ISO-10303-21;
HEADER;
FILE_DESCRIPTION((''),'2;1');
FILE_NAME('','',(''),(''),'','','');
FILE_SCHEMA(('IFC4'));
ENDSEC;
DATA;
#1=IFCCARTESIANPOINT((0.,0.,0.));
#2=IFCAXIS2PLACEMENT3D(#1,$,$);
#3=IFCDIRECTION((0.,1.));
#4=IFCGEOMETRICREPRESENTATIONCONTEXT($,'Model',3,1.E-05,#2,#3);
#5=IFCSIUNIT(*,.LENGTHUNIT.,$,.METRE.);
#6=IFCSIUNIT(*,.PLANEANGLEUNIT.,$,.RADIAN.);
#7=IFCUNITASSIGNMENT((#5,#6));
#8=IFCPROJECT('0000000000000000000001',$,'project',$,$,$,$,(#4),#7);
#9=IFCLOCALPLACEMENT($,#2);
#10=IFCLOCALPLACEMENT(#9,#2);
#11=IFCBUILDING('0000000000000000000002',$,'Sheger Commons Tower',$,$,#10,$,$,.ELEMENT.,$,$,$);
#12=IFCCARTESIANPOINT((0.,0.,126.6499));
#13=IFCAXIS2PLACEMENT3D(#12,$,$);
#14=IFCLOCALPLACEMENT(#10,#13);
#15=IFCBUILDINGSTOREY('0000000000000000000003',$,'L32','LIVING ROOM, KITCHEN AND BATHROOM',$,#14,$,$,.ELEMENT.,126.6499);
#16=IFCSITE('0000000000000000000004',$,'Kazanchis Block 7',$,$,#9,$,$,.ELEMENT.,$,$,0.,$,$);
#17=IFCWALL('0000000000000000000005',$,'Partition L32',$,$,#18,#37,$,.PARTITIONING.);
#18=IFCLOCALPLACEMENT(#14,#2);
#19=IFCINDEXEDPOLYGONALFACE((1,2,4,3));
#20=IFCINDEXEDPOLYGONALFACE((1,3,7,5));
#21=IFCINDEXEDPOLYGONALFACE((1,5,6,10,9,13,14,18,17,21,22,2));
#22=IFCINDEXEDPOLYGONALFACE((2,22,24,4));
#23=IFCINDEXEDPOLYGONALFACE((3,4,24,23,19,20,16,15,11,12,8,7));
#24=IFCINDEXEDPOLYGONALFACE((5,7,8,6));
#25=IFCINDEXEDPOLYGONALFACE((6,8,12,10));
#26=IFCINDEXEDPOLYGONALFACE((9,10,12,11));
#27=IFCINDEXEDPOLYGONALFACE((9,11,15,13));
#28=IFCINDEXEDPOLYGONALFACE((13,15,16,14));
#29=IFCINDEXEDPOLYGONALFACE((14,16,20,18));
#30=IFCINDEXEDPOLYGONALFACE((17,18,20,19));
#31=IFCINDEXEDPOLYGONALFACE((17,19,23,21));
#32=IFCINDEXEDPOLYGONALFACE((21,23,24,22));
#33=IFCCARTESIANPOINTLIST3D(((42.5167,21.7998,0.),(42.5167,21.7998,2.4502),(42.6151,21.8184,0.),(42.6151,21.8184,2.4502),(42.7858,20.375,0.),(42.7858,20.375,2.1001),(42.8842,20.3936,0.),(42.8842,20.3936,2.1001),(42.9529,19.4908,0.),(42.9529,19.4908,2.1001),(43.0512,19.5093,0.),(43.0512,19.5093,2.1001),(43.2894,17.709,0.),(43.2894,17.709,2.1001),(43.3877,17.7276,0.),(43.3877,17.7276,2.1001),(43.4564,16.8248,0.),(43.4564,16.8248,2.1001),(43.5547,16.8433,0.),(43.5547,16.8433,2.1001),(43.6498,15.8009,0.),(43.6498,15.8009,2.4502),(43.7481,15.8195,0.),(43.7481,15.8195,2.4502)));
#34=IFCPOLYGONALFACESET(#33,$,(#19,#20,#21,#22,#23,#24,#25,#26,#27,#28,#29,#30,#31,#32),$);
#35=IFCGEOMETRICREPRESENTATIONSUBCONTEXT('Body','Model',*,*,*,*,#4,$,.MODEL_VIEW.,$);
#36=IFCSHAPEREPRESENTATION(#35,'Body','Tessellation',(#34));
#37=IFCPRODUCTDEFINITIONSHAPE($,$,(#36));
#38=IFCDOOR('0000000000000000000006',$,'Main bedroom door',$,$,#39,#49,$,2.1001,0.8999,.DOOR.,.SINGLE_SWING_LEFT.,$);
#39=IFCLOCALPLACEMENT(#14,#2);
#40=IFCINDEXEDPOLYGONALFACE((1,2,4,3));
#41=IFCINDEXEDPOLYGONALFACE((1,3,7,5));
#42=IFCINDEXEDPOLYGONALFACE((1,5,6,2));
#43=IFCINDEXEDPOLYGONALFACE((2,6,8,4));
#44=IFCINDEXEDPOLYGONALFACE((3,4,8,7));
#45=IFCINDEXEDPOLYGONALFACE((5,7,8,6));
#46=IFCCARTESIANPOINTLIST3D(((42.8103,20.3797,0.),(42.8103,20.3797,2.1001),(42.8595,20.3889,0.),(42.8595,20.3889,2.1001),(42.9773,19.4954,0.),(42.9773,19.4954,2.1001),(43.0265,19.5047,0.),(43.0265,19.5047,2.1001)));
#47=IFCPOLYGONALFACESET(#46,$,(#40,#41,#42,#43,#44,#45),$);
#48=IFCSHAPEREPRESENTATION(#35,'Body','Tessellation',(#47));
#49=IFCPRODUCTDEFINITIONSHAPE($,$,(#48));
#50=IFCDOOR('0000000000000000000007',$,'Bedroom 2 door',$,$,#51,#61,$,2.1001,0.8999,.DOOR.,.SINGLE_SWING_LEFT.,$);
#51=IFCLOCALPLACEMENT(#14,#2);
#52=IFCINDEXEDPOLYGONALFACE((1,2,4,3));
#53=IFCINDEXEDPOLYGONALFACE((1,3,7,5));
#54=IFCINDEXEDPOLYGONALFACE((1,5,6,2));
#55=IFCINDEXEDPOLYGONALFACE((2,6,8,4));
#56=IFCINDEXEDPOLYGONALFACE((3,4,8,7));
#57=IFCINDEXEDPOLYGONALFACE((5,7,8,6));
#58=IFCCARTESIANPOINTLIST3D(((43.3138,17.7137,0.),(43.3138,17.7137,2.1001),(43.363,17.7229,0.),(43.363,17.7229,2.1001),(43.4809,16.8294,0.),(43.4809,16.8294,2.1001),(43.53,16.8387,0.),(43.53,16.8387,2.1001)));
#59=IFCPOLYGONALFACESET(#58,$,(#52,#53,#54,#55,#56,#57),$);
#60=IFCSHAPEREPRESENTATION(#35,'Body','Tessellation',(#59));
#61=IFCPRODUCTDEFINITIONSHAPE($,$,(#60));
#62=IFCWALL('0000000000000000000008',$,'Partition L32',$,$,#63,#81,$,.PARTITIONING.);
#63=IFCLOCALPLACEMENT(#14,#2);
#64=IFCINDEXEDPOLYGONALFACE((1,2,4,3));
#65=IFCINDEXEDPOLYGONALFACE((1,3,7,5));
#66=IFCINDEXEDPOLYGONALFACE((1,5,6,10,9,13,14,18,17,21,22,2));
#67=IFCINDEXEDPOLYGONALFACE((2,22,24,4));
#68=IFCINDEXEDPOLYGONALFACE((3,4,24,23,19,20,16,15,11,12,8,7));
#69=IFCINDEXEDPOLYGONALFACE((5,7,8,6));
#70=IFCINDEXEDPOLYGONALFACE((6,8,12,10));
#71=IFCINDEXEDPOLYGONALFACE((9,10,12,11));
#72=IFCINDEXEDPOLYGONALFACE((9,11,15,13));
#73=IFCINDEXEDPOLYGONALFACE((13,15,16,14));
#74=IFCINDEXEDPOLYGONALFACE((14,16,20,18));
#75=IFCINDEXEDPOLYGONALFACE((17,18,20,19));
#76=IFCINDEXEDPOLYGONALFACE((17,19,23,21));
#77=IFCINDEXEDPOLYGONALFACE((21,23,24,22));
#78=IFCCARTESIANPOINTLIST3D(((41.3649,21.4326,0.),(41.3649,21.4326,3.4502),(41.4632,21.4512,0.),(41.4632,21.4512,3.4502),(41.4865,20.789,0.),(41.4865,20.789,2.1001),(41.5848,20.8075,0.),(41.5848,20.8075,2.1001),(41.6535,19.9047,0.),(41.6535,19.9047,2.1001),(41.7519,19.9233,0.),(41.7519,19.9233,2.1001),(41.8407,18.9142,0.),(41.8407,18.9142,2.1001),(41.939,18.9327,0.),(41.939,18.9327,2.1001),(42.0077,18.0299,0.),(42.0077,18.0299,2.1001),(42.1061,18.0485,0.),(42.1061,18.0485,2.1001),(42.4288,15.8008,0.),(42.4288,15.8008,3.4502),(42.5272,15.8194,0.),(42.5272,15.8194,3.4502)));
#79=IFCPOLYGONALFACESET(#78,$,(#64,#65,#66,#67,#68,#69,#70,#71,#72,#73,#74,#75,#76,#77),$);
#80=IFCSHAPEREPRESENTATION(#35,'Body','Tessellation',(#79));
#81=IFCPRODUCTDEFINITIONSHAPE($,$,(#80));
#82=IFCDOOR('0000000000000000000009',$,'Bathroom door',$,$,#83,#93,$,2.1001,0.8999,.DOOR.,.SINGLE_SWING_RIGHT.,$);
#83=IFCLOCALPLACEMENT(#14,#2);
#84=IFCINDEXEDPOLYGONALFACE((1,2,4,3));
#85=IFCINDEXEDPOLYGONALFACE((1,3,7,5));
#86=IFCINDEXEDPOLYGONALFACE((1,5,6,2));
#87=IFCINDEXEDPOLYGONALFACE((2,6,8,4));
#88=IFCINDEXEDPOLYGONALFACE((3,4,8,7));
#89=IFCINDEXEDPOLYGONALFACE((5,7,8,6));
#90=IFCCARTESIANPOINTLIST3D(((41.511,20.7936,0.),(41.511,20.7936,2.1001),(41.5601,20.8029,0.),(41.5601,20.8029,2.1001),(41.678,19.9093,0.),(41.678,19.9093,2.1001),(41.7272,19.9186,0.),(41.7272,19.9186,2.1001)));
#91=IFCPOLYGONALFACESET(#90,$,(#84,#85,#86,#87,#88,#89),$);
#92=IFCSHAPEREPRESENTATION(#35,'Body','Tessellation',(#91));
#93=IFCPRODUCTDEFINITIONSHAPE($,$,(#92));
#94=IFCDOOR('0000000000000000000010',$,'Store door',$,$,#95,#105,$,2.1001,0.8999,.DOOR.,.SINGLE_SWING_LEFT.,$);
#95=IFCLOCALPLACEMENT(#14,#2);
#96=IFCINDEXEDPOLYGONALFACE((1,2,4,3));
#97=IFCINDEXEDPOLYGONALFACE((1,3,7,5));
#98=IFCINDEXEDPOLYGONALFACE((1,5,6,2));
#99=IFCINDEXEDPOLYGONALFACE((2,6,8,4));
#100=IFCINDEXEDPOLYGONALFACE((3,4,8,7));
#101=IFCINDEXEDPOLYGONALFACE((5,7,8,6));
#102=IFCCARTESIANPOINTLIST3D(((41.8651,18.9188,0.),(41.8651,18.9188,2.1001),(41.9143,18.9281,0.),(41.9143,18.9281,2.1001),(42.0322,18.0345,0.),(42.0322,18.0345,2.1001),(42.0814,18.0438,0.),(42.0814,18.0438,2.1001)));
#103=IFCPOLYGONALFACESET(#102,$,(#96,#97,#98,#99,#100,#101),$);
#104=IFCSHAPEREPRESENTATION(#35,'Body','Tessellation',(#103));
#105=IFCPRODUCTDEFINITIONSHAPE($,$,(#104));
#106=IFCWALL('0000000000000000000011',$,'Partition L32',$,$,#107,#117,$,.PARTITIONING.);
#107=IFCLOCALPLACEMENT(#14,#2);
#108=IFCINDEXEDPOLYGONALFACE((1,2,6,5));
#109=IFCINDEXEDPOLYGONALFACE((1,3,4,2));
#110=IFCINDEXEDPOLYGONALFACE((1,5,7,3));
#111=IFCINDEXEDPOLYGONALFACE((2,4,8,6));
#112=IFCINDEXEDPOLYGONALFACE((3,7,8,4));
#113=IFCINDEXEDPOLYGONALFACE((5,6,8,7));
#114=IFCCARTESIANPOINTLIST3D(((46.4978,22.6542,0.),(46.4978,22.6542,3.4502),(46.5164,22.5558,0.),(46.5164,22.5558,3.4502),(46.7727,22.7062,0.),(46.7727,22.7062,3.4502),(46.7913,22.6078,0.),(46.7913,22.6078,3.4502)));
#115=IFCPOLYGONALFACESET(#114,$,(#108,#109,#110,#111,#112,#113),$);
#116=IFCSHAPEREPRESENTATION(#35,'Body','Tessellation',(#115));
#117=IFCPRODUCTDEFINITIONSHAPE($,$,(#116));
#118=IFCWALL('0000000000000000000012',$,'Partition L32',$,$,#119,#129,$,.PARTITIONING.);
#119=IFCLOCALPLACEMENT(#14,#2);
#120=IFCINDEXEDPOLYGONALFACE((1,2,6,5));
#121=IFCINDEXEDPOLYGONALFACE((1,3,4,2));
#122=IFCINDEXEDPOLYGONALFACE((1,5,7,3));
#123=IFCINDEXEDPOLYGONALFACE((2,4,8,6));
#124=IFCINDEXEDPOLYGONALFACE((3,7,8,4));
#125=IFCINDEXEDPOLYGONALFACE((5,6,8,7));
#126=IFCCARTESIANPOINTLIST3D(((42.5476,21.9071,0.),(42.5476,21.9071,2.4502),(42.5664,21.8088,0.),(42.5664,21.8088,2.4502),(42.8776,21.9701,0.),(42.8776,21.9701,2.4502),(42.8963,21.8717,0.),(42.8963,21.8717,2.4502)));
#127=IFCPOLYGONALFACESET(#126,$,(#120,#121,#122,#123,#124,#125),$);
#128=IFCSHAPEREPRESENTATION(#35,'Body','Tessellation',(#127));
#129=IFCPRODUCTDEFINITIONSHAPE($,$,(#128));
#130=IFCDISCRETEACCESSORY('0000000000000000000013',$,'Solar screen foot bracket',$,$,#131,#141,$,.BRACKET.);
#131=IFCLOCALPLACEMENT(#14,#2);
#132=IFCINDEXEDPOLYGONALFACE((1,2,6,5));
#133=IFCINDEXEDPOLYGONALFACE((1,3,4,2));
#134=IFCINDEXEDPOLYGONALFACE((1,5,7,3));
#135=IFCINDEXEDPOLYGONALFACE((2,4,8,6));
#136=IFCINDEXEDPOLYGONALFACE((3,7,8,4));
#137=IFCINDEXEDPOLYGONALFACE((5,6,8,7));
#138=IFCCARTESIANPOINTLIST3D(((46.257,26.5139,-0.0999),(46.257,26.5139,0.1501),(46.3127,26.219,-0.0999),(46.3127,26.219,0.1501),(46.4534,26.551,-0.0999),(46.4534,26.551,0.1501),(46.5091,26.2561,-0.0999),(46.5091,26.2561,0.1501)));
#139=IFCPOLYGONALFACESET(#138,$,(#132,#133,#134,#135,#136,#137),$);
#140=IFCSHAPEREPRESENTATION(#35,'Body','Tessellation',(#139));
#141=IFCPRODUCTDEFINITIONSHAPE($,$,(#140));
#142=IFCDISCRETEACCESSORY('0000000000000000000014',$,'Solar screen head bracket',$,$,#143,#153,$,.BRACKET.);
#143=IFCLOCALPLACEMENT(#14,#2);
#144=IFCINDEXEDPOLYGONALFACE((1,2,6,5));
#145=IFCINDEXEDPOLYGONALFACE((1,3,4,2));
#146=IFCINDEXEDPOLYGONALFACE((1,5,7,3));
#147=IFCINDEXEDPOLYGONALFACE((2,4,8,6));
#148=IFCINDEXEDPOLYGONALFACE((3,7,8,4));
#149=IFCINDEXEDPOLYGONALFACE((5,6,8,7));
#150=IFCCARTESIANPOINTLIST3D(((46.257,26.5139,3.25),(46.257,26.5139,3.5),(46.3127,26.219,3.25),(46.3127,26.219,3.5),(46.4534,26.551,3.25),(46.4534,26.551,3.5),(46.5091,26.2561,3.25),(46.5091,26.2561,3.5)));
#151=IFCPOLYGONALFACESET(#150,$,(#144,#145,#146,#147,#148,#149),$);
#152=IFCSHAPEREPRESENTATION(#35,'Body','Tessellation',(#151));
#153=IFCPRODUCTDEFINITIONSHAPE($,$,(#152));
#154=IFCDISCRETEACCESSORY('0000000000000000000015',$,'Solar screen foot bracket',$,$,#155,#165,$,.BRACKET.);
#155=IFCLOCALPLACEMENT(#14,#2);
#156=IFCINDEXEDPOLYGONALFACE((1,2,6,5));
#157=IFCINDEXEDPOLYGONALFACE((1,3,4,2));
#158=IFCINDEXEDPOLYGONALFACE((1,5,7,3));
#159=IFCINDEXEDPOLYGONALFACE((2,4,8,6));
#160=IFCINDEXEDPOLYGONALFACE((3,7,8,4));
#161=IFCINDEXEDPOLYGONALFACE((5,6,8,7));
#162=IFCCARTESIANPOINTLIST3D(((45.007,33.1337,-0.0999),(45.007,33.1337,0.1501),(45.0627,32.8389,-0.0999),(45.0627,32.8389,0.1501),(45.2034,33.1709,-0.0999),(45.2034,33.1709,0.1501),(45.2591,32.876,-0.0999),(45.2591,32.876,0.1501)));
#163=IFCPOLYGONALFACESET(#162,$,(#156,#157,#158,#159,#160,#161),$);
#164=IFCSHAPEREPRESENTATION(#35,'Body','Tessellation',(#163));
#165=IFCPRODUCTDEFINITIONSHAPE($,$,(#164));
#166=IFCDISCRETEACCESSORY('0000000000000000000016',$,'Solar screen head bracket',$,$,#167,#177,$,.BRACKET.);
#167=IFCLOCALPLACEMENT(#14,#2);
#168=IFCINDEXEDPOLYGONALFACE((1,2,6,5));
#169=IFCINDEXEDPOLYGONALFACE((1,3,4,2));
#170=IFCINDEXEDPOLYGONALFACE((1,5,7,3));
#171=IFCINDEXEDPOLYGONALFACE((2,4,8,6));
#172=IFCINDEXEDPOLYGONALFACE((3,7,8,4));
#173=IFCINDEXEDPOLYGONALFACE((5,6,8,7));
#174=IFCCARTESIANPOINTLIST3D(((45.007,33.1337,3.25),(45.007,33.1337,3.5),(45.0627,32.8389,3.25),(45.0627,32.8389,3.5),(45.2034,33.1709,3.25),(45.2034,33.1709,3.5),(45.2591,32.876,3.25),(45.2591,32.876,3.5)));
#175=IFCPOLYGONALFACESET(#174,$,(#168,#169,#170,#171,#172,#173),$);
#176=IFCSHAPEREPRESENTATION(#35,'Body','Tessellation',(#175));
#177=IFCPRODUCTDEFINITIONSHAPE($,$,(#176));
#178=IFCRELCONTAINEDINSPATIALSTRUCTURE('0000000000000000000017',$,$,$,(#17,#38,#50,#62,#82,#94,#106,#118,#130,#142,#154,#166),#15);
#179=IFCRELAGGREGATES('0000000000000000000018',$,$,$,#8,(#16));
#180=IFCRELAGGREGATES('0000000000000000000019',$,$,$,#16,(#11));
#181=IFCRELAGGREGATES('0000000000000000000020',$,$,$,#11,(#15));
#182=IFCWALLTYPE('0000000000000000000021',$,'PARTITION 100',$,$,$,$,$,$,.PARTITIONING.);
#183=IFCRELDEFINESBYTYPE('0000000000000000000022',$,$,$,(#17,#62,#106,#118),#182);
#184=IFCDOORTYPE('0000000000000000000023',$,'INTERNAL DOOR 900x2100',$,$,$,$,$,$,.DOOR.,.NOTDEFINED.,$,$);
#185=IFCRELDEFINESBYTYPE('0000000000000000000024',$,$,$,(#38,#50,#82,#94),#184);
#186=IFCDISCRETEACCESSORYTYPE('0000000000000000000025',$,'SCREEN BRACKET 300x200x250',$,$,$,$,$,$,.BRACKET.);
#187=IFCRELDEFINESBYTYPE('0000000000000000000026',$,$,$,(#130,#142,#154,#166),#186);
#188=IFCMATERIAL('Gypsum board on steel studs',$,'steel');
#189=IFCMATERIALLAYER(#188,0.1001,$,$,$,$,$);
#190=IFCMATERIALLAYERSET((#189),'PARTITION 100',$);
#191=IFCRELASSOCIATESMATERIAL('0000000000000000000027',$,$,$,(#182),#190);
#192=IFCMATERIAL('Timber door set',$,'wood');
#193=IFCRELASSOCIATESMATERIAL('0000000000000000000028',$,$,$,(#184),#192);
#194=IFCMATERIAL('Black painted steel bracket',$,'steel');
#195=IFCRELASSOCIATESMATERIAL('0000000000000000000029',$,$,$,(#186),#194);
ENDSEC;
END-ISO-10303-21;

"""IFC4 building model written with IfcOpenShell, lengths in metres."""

from ifc_helpers import new_model, si_unit, direction, frame, frame_2d, origin, origin_2d, place, context, subcontext, project, spatial, rectangle, extrude, material, layer, layer_set, type_object, element, fill, save


model = new_model("IFC4")

# Units and contexts
model_context = context("Model", 3, precision=1e-05, world=origin(), true_north=direction((0.0, 1.0)))
body_context = subcontext(model_context, "Body", "Model", "MODEL_VIEW")
ifc_project = project(units=[si_unit("LENGTHUNIT", "METRE"), si_unit("PLANEANGLEUNIT", "RADIAN")], contexts=[model_context])

# Site, building, storey
site_placement = place(None, origin())
site = spatial("IfcSite", under=ifc_project, at=site_placement, Name="Kazanchis Block 7", CompositionType="ELEMENT", RefElevation=0.0)
building_placement = place(site_placement, origin())
building = spatial("IfcBuilding", under=site, at=building_placement, Name="Sheger Commons Tower", CompositionType="ELEMENT")
storey_placement = place(building_placement, frame((0.0, 0.0, 126.6499)))
storey = spatial("IfcBuildingStorey", under=building, at=storey_placement, Name="L32", Description="LIVING ROOM, KITCHEN AND BATHROOM", CompositionType="ELEMENT", Elevation=126.6499)

# Shared definitions
ifc_material_1 = material(Name="Gypsum board on steel studs", Category="steel")
ifc_layer_1 = layer(ifc_material_1, 0.1001)
ifc_layer_set_1 = layer_set([ifc_layer_1], Name="PARTITION 100")
wall_type_1 = type_object("IfcWallType", Name="PARTITION 100", PredefinedType="PARTITIONING", material=ifc_layer_set_1)

# Shared definitions
ifc_material_2 = material(Name="Timber door set", Category="wood")
door_type = type_object("IfcDoorType", Name="INTERNAL DOOR 900x2100", OperationType="NOTDEFINED", PredefinedType="DOOR", material=ifc_material_2)

# Walls, openings, doors
wall_1_placement = place(storey_placement, frame((42.5659, 21.8091, 0.0), z_axis=(0.0, 0.0, 1.0), x_axis=(0.185592, -0.982627, 0.0)))
wall_1 = element("IfcWall", 1, at=wall_1_placement, inside=storey, type_object=wall_type_1, Name="Partition L32", PredefinedType="PARTITIONING", context=body_context, shape_type="SweptSolid", body=[
    extrude(rectangle(XDim=6.105, YDim=0.1001, at=frame_2d((3.0525, 0.0))), origin(), (0.0, 0.0, 1.0), 2.4502),
])
opening_1_placement = place(wall_1_placement, frame((1.45, 0.0, 0.0)))
opening_1 = element("IfcOpeningElement", 2, at=opening_1_placement, cuts=wall_1, PredefinedType="OPENING", context=body_context, shape_type="SweptSolid", body=[
    extrude(rectangle(XDim=0.8999, YDim=2.1001, at=frame_2d((0.45, 1.05))), frame((0.0, 0.0601, 0.0), z_axis=(0.0, -1.0, 0.0), x_axis=(1.0, 0.0, 0.0)), (0.0, 0.0, 1.0), 0.1201),
])
opening_2_placement = place(wall_1_placement, frame((4.1631, 0.0, 0.0)))
opening_2 = element("IfcOpeningElement", 3, at=opening_2_placement, cuts=wall_1, PredefinedType="OPENING", context=body_context, shape_type="SweptSolid", body=[
    extrude(rectangle(XDim=0.8999, YDim=2.1001, at=frame_2d((0.45, 1.05))), frame((0.0, 0.0601, 0.0), z_axis=(0.0, -1.0, 0.0), x_axis=(1.0, 0.0, 0.0)), (0.0, 0.0, 1.0), 0.1201),
])
door_1_placement = place(opening_1_placement, origin())
door_1 = element("IfcDoor", 4, at=door_1_placement, inside=storey, type_object=door_type, Name="Main bedroom door", OperationType="SINGLE_SWING_LEFT", OverallHeight=2.1001, OverallWidth=0.8999, PredefinedType="DOOR", context=body_context, shape_type="SweptSolid", body=[
    extrude(rectangle(XDim=0.8999, YDim=2.1001, at=frame_2d((0.45, 1.05))), frame((0.0, 0.0249, 0.0), z_axis=(0.0, -1.0, 0.0), x_axis=(1.0, 0.0, 0.0)), (0.0, 0.0, 1.0), 0.05),
])
fill(opening_1, door_1)
door_2_placement = place(opening_2_placement, origin())
door_2 = element("IfcDoor", 5, at=door_2_placement, inside=storey, type_object=door_type, Name="Bedroom 2 door", OperationType="SINGLE_SWING_LEFT", OverallHeight=2.1001, OverallWidth=0.8999, PredefinedType="DOOR", context=body_context, shape_type="SweptSolid", body=[
    extrude(rectangle(XDim=0.8999, YDim=2.1001, at=frame_2d((0.45, 1.05))), frame((0.0, 0.0249, 0.0), z_axis=(0.0, -1.0, 0.0), x_axis=(1.0, 0.0, 0.0)), (0.0, 0.0, 1.0), 0.05),
])
fill(opening_2, door_2)
wall_2_placement = place(storey_placement, frame((41.4141, 21.4419, 0.0), z_axis=(0.0, 0.0, 1.0), x_axis=(0.185636, -0.982619, 0.0)))
wall_2 = element("IfcWall", 6, at=wall_2_placement, inside=storey, type_object=wall_type_1, Name="Partition L32", PredefinedType="PARTITIONING", context=body_context, shape_type="SweptSolid", body=[
    extrude(rectangle(XDim=5.7314, YDim=0.1001, at=frame_2d((2.8657, 0.0))), origin(), (0.0, 0.0, 1.0), 3.4502),
])
opening_3_placement = place(wall_2_placement, frame((0.655, 0.0, 0.0)))
opening_3 = element("IfcOpeningElement", 7, at=opening_3_placement, cuts=wall_2, PredefinedType="OPENING", context=body_context, shape_type="SweptSolid", body=[
    extrude(rectangle(XDim=0.8999, YDim=2.1001, at=frame_2d((0.45, 1.05))), frame((0.0, 0.0601, 0.0), z_axis=(0.0, -1.0, 0.0), x_axis=(1.0, 0.0, 0.0)), (0.0, 0.0, 1.0), 0.1201),
])
opening_4_placement = place(wall_2_placement, frame((2.563, 0.0, 0.0)))
opening_4 = element("IfcOpeningElement", 8, at=opening_4_placement, cuts=wall_2, PredefinedType="OPENING", context=body_context, shape_type="SweptSolid", body=[
    extrude(rectangle(XDim=0.8999, YDim=2.1001, at=frame_2d((0.45, 1.05))), frame((0.0, 0.0601, 0.0), z_axis=(0.0, -1.0, 0.0), x_axis=(1.0, 0.0, 0.0)), (0.0, 0.0, 1.0), 0.1201),
])
door_3_placement = place(opening_3_placement, origin())
door_3 = element("IfcDoor", 9, at=door_3_placement, inside=storey, type_object=door_type, Name="Bathroom door", OperationType="SINGLE_SWING_RIGHT", OverallHeight=2.1001, OverallWidth=0.8999, PredefinedType="DOOR", context=body_context, shape_type="SweptSolid", body=[
    extrude(rectangle(XDim=0.8999, YDim=2.1001, at=frame_2d((0.45, 1.05))), frame((0.0, 0.0249, 0.0), z_axis=(0.0, -1.0, 0.0), x_axis=(1.0, 0.0, 0.0)), (0.0, 0.0, 1.0), 0.05),
])
fill(opening_3, door_3)
door_4_placement = place(opening_4_placement, origin())
door_4 = element("IfcDoor", 10, at=door_4_placement, inside=storey, type_object=door_type, Name="Store door", OperationType="SINGLE_SWING_LEFT", OverallHeight=2.1001, OverallWidth=0.8999, PredefinedType="DOOR", context=body_context, shape_type="SweptSolid", body=[
    extrude(rectangle(XDim=0.8999, YDim=2.1001, at=frame_2d((0.45, 1.05))), frame((0.0, 0.0249, 0.0), z_axis=(0.0, -1.0, 0.0), x_axis=(1.0, 0.0, 0.0)), (0.0, 0.0, 1.0), 0.05),
])
fill(opening_4, door_4)

# Walls
wall_3_placement = place(storey_placement, frame((46.782, 22.657, 0.0), z_axis=(0.0, 0.0, 1.0), x_axis=(-0.982575, -0.185869, 0.0)))
element("IfcWall", 11, at=wall_3_placement, inside=storey, type_object=wall_type_1, Name="Partition L32", PredefinedType="PARTITIONING", context=body_context, shape_type="SweptSolid", body=[
    extrude(rectangle(XDim=0.2798, YDim=0.1001, at=frame_2d((0.1399, 0.0))), origin(), (0.0, 0.0, 1.0), 3.4502),
])
wall_4_placement = place(storey_placement, frame((42.887, 21.9209, 0.0), z_axis=(0.0, 0.0, 1.0), x_axis=(-0.982275, -0.187446, 0.0)))
element("IfcWall", 12, at=wall_4_placement, inside=storey, type_object=wall_type_1, Name="Partition L32", PredefinedType="PARTITIONING", context=body_context, shape_type="SweptSolid", body=[
    extrude(rectangle(XDim=0.3359, YDim=0.1001, at=frame_2d((0.168, 0.0))), origin(), (0.0, 0.0, 1.0), 2.4502),
])

# Discrete accessories
ifc_material_3 = material(Name="Black painted steel bracket", Category="steel")
discrete_accessory_type = type_object("IfcDiscreteAccessoryType", Name="SCREEN BRACKET 300x200x250", PredefinedType="BRACKET", material=ifc_material_3)
for number, where, z_axis, x_axis, name in (
    (13, (46.3831, 26.385, -0.0999), (0.0, 0.0, 1.0), (-0.185615, 0.982623, 0.0), "Solar screen foot bracket"),
    (14, (46.3831, 26.385, 3.25), (0.0, 0.0, 1.0), (-0.185615, 0.982623, 0.0), "Solar screen head bracket"),
    (15, (45.1331, 33.0049, -0.0999), (0.0, 0.0, 1.0), (-0.185615, 0.982623, 0.0), "Solar screen foot bracket"),
    (16, (45.1331, 33.0049, 3.25), (0.0, 0.0, 1.0), (-0.185615, 0.982623, 0.0), "Solar screen head bracket"),
):
    element("IfcDiscreteAccessory", number, at=place(storey_placement, frame(where, z_axis=z_axis, x_axis=x_axis)), inside=storey, type_object=discrete_accessory_type, Name=name, PredefinedType="BRACKET", context=body_context, shape_type="SweptSolid", body=[
        extrude(rectangle(XDim=0.3, YDim=0.2, at=origin_2d()), origin(), (0.0, 0.0, 1.0), 0.25),
    ])

save(model, "model.ifc")
